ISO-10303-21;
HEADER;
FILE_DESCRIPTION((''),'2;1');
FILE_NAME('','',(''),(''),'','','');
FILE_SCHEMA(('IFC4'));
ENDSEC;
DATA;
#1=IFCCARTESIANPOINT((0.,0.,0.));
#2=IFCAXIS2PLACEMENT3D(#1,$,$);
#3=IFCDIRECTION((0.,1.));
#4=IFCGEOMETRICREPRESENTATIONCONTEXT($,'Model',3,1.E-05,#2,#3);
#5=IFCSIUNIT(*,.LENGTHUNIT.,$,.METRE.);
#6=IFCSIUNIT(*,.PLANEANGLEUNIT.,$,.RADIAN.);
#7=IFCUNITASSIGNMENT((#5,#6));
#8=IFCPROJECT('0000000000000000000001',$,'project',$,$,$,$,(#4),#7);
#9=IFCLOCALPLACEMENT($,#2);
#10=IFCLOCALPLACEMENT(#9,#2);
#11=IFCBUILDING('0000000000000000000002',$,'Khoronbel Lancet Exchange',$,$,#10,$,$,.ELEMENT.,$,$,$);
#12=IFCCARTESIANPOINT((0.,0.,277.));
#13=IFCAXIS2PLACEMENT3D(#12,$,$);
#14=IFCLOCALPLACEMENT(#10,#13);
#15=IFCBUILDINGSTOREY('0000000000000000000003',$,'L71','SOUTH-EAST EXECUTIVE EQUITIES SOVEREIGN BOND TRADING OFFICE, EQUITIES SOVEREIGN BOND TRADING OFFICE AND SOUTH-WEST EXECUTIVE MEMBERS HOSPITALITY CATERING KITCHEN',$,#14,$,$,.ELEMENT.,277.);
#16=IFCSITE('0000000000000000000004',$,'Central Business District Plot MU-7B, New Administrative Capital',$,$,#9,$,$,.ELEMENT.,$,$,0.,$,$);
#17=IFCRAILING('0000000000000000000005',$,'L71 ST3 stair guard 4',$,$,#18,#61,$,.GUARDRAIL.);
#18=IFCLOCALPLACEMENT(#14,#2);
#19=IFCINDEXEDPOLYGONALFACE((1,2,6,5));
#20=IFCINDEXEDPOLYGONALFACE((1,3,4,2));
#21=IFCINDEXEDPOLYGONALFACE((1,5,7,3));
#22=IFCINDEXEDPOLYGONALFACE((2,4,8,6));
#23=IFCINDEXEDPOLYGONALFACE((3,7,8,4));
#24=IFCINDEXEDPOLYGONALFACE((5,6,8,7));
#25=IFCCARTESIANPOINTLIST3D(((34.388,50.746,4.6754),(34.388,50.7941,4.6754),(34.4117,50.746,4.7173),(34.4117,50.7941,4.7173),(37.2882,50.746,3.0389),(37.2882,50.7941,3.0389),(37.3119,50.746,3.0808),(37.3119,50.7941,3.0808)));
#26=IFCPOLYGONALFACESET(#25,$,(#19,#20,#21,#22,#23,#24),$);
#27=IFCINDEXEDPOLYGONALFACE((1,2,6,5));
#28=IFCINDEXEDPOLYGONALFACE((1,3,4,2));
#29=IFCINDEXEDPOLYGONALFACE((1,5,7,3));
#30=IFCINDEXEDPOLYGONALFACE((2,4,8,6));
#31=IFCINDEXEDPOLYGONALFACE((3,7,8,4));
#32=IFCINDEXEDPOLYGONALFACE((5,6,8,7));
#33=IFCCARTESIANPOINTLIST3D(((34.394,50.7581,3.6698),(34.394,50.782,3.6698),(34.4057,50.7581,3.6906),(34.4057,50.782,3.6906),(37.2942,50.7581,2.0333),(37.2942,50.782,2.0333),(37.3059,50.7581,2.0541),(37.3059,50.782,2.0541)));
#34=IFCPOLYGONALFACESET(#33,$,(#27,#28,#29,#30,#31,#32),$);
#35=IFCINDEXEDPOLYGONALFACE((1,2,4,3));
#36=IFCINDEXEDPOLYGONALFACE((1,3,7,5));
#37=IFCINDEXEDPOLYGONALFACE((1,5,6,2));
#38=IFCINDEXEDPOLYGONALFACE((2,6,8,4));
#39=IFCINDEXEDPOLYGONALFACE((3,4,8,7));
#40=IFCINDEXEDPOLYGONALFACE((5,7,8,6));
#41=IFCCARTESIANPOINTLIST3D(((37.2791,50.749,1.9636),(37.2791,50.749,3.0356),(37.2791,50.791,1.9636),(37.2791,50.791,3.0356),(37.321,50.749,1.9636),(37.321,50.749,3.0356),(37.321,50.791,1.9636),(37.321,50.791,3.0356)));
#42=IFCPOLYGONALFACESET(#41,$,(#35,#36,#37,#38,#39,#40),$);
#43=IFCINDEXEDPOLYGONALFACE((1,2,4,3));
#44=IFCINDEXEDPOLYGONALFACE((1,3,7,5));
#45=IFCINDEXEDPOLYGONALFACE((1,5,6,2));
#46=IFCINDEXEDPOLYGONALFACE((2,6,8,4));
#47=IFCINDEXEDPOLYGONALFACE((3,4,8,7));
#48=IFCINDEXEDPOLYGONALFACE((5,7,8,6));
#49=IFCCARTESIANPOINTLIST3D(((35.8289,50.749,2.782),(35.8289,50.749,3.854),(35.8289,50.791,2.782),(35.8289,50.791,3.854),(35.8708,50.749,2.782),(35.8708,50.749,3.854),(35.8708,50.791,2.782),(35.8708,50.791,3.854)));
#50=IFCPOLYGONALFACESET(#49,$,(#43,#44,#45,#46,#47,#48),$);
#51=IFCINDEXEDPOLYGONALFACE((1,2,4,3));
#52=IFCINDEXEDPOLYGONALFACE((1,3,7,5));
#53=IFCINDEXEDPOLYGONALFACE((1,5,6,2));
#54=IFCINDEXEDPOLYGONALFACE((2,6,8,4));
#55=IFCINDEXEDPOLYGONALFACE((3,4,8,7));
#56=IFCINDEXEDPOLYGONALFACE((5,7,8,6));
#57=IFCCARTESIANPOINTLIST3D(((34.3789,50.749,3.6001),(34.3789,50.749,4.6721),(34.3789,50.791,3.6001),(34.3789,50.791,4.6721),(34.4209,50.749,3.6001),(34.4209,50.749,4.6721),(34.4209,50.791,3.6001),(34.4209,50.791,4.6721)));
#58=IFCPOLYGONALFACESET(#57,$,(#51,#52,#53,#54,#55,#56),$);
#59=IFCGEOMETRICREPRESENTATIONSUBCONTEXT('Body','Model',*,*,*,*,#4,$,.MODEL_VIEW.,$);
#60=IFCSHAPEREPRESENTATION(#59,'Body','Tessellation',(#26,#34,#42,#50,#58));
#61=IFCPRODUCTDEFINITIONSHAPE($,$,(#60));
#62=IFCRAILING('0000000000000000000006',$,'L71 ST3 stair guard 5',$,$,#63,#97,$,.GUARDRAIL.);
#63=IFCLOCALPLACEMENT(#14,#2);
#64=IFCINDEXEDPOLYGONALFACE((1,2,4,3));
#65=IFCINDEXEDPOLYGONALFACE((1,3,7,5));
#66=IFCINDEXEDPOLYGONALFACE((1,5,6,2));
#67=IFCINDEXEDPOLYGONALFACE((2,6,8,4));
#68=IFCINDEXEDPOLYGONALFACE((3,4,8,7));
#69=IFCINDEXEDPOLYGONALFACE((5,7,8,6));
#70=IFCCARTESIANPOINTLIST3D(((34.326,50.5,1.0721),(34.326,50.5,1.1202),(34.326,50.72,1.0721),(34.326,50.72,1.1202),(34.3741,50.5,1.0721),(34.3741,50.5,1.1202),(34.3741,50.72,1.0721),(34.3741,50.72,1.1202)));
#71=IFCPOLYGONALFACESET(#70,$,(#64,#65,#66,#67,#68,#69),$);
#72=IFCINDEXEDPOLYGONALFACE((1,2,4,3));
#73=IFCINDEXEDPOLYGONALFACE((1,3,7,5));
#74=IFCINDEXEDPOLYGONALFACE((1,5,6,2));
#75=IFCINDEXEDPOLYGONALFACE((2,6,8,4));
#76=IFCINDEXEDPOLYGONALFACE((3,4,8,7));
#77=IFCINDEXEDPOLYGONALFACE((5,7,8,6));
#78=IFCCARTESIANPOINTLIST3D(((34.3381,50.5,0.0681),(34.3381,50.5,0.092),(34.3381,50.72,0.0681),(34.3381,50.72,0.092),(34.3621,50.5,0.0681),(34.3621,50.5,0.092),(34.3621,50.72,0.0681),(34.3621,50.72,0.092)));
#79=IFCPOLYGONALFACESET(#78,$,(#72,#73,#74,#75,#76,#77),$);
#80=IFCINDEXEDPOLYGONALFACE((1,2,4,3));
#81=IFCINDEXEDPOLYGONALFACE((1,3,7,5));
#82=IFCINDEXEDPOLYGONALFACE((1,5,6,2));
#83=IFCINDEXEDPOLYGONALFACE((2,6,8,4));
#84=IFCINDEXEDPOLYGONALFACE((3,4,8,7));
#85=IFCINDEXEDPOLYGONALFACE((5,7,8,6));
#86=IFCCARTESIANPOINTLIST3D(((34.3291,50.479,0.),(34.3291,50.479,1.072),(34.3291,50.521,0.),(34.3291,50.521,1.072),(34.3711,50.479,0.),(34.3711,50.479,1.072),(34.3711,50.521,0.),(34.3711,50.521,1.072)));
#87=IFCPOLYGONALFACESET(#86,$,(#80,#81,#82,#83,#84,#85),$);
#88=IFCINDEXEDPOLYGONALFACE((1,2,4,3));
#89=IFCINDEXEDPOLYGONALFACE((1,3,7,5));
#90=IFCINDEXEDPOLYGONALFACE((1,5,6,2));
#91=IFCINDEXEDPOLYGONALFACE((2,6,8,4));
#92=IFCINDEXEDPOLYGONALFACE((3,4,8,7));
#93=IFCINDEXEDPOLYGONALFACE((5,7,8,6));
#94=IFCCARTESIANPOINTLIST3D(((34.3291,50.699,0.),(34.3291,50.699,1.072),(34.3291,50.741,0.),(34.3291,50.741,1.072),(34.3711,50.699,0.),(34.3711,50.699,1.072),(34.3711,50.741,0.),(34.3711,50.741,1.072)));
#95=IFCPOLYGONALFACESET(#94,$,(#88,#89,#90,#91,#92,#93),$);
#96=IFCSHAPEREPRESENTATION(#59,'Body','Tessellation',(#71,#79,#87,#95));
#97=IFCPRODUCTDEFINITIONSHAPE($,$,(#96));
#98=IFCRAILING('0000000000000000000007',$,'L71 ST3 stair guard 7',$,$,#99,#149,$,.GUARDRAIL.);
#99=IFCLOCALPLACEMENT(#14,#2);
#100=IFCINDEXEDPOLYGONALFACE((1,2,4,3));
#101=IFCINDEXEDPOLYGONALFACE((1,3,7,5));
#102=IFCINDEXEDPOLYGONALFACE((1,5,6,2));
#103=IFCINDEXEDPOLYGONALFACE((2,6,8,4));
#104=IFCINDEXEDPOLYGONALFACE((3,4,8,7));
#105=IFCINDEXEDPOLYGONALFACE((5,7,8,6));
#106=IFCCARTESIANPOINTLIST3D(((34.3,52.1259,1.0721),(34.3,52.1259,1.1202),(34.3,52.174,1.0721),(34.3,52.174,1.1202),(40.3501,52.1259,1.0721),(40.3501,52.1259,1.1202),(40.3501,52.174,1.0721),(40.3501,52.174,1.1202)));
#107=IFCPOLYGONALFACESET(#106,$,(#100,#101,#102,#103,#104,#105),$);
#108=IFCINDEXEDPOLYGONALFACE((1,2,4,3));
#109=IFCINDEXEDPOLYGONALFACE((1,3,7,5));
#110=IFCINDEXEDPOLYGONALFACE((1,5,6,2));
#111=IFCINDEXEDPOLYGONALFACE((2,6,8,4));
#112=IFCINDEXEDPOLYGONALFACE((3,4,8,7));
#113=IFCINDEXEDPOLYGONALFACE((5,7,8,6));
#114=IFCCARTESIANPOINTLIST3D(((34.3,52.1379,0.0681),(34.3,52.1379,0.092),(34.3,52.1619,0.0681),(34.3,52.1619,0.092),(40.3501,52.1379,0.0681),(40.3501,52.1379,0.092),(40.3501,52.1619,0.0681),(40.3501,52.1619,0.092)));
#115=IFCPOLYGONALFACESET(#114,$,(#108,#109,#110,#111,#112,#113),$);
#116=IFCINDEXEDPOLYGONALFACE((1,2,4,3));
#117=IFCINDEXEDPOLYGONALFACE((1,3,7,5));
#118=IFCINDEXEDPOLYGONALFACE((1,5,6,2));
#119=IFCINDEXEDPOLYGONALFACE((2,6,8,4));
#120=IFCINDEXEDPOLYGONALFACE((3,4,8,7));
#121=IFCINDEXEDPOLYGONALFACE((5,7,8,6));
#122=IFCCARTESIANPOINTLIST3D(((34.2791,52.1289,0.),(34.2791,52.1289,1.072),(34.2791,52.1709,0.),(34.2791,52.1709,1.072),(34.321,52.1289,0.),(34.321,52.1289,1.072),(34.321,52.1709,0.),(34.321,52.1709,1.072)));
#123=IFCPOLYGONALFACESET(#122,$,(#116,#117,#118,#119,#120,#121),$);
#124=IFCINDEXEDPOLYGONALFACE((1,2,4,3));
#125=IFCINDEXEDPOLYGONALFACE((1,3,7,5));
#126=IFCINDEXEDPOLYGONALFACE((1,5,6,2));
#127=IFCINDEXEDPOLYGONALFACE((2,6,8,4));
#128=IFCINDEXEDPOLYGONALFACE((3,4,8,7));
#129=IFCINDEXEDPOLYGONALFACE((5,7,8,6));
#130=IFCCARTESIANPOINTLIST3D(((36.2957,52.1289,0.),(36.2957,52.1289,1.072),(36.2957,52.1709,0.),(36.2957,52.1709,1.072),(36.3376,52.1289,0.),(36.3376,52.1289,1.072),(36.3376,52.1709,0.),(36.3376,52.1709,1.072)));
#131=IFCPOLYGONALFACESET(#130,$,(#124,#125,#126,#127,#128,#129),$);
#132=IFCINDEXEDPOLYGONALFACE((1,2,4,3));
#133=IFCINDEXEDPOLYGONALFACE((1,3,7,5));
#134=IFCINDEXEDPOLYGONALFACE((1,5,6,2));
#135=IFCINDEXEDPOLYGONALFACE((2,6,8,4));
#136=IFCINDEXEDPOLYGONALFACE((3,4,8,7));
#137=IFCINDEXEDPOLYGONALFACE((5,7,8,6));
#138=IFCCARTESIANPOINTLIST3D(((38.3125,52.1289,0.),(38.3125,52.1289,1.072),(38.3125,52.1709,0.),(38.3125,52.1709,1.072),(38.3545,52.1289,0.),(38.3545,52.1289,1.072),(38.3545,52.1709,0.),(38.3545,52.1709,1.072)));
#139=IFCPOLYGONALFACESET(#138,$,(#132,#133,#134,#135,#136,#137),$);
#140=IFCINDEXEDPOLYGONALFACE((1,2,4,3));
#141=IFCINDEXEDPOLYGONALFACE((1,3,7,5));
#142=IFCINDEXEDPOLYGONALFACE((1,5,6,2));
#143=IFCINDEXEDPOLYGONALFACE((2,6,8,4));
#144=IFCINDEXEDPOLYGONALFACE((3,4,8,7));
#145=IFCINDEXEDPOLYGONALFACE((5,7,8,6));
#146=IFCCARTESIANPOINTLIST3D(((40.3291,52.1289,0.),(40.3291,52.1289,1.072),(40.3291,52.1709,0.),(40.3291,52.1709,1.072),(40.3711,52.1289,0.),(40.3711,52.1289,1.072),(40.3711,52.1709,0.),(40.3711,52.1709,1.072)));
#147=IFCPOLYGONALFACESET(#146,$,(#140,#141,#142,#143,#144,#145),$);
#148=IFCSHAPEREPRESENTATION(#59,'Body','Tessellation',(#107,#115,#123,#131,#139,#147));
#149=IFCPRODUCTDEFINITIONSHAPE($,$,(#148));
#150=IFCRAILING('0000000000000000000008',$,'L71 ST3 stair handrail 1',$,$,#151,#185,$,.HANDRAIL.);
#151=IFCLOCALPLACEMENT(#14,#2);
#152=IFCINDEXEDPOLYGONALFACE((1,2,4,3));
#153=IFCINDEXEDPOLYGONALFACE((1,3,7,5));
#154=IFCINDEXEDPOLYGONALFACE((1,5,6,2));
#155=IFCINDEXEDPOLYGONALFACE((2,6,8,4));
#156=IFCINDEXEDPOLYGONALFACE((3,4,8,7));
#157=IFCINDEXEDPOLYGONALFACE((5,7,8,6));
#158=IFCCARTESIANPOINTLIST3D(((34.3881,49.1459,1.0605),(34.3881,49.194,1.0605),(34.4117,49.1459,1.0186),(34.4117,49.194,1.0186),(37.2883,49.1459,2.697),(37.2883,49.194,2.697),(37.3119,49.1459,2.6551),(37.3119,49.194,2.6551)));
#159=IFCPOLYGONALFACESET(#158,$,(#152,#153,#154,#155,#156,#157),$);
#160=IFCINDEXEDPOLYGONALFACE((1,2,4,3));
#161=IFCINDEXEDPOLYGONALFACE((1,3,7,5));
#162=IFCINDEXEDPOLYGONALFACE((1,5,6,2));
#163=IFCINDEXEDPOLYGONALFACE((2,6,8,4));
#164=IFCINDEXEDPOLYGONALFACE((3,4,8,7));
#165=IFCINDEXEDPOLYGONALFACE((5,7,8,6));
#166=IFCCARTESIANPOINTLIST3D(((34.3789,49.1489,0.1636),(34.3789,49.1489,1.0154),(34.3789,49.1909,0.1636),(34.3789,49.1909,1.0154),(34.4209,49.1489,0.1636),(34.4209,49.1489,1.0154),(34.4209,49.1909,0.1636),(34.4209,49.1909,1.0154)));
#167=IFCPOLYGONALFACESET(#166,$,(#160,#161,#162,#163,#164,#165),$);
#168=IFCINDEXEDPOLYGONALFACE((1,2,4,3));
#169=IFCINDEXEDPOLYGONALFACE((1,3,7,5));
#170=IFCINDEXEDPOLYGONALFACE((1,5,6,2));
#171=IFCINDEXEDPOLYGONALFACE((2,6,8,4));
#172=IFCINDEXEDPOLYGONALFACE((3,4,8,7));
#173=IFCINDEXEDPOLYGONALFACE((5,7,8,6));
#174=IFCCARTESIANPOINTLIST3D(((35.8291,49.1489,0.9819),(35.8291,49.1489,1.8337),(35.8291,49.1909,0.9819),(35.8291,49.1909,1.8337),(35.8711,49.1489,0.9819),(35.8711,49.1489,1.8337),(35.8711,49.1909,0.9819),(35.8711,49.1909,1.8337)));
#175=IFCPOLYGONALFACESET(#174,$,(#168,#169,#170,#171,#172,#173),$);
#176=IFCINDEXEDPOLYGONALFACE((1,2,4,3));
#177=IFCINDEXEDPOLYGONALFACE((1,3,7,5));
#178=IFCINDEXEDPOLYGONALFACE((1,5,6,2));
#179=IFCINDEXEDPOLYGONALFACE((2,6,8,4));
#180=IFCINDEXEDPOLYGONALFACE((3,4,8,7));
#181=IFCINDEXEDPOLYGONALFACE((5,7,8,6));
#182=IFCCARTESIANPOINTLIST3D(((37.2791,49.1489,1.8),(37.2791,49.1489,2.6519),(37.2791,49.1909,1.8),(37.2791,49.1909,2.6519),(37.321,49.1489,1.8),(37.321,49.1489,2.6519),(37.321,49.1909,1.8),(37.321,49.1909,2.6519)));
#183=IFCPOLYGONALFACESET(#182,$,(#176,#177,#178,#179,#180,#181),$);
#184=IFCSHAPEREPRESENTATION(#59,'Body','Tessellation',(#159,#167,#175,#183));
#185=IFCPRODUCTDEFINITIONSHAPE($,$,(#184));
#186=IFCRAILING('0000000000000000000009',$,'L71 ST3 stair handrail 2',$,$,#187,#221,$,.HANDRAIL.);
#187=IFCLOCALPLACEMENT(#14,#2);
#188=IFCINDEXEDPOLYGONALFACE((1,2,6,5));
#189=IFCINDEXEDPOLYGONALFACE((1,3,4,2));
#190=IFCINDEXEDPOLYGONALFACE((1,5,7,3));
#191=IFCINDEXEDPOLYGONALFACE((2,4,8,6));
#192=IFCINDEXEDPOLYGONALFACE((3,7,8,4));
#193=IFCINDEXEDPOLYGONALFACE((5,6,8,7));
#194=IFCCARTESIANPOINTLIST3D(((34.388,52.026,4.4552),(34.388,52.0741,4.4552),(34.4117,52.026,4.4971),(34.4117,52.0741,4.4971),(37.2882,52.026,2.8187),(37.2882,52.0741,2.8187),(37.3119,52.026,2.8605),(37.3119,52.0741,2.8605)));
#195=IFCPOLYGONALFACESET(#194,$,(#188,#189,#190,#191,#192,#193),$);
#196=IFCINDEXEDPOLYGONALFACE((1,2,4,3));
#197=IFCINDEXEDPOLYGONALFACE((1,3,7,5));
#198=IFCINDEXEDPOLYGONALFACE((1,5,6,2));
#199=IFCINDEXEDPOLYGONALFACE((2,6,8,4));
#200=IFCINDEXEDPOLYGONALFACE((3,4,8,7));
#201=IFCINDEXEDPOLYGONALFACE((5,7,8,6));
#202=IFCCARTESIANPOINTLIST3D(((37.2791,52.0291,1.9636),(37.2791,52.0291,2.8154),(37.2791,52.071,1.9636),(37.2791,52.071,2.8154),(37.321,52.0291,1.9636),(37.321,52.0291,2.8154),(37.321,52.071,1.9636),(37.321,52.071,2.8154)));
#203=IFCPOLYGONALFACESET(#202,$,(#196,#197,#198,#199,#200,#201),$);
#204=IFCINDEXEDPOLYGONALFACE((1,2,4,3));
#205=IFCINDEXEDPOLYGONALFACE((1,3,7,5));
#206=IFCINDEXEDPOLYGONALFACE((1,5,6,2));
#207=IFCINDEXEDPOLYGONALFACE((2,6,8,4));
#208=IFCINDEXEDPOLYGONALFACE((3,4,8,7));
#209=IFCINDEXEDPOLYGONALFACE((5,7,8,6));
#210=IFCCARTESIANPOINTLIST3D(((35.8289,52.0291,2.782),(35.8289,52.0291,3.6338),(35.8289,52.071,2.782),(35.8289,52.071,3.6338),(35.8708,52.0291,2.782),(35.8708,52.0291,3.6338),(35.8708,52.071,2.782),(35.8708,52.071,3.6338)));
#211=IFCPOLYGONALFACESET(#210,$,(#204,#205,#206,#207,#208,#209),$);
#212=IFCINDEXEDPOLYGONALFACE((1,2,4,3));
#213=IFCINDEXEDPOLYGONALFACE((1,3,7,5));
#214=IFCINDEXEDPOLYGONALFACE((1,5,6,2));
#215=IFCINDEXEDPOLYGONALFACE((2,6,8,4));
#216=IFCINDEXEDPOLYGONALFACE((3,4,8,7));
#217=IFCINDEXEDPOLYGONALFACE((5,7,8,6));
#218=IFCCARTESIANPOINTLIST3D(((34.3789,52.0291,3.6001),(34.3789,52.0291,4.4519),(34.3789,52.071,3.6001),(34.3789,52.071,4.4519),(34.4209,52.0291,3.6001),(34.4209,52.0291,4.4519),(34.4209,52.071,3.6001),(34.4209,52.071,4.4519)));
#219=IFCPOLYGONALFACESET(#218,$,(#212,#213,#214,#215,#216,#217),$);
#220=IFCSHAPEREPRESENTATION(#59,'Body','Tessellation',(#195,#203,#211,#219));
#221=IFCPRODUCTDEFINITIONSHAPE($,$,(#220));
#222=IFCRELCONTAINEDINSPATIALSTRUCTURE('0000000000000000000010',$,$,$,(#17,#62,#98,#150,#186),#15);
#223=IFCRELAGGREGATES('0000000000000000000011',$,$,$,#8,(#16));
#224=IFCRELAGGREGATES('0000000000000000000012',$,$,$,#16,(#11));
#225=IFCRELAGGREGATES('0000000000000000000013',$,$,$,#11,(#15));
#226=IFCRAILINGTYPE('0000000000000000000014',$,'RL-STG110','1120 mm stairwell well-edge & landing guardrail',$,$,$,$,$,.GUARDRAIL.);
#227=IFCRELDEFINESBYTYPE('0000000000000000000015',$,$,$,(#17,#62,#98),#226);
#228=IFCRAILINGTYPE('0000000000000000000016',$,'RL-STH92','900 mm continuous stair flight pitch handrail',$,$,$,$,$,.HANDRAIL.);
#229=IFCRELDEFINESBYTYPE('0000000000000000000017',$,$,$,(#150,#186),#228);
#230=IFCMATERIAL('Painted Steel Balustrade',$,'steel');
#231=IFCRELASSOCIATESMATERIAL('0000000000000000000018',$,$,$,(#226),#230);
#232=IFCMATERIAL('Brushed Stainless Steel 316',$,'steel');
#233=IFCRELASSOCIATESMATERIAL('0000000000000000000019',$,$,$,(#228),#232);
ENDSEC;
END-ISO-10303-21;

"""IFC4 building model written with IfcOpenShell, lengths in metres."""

from ifc_helpers import new_model, si_unit, direction, frame, origin, origin_2d, place, context, subcontext, project, spatial, rectangle, extrude, material, type_object, element, save


model = new_model("IFC4")

# Units and contexts
model_context = context("Model", 3, precision=1e-05, world=origin(), true_north=direction((0.0, 1.0)))
body_context = subcontext(model_context, "Body", "Model", "MODEL_VIEW")
ifc_project = project(units=[si_unit("LENGTHUNIT", "METRE"), si_unit("PLANEANGLEUNIT", "RADIAN")], contexts=[model_context])

# Site, building, storey
site_placement = place(None, origin())
site = spatial("IfcSite", under=ifc_project, at=site_placement, Name="Central Business District Plot MU-7B, New Administrative Capital", CompositionType="ELEMENT", RefElevation=0.0)
building_placement = place(site_placement, origin())
building = spatial("IfcBuilding", under=site, at=building_placement, Name="Khoronbel Lancet Exchange", CompositionType="ELEMENT")
storey_placement = place(building_placement, frame((0.0, 0.0, 277.0)))
storey = spatial("IfcBuildingStorey", under=building, at=storey_placement, Name="L71", Description="SOUTH-EAST EXECUTIVE EQUITIES SOVEREIGN BOND TRADING OFFICE, EQUITIES SOVEREIGN BOND TRADING OFFICE AND SOUTH-WEST EXECUTIVE MEMBERS HOSPITALITY CATERING KITCHEN", CompositionType="ELEMENT", Elevation=277.0)

# Railings
ifc_material_1 = material(Name="Painted Steel Balustrade", Category="steel")
railing_type_1 = type_object("IfcRailingType", Name="RL-STG110", Description="1120 mm stairwell well-edge & landing guardrail", PredefinedType="GUARDRAIL", material=ifc_material_1)
railing_1_placement = place(storey_placement, frame((37.3, 50.77, 1.9636)))
element("IfcRailing", 1, at=railing_1_placement, inside=storey, type_object=railing_type_1, Name="L71 ST3 stair guard 4", PredefinedType="GUARDRAIL", context=body_context, shape_type="SweptSolid", body=[
    extrude(rectangle(XDim=0.0481, YDim=0.0481, at=origin_2d()), frame((0.0, 0.0, 1.0962), z_axis=(-0.870915, 0.0, 0.491434), x_axis=(0.0, -1.0, 0.0)), (0.0, 0.0, 1.0), 3.3301),
    extrude(rectangle(XDim=0.0239, YDim=0.0239, at=origin_2d()), frame((0.0, 0.0, 0.0801), z_axis=(-0.870915, 0.0, 0.491434), x_axis=(0.0, -1.0, 0.0)), (0.0, 0.0, 1.0), 3.3301),
    extrude(rectangle(XDim=0.042, YDim=0.042, at=origin_2d()), origin(), (0.0, 0.0, 1.0), 1.072),
    extrude(rectangle(XDim=0.042, YDim=0.042, at=origin_2d()), frame((-1.4502, 0.0, 0.8184)), (0.0, 0.0, 1.0), 1.072),
    extrude(rectangle(XDim=0.042, YDim=0.042, at=origin_2d()), frame((-2.9001, 0.0, 1.6365)), (0.0, 0.0, 1.0), 1.072),
])
railing_2_placement = place(storey_placement, frame((34.3501, 50.5, 0.0)))
element("IfcRailing", 2, at=railing_2_placement, inside=storey, type_object=railing_type_1, Name="L71 ST3 stair guard 5", PredefinedType="GUARDRAIL", context=body_context, shape_type="SweptSolid", body=[
    extrude(rectangle(XDim=0.0481, YDim=0.0481, at=origin_2d()), frame((0.0, 0.0, 1.0962), z_axis=(0.0, 1.0, 0.0), x_axis=(-1.0, 0.0, 0.0)), (0.0, 0.0, 1.0), 0.22),
    extrude(rectangle(XDim=0.0239, YDim=0.0239, at=origin_2d()), frame((0.0, 0.0, 0.0801), z_axis=(0.0, 1.0, 0.0), x_axis=(-1.0, 0.0, 0.0)), (0.0, 0.0, 1.0), 0.22),
    extrude(rectangle(XDim=0.042, YDim=0.042, at=origin_2d()), origin(), (0.0, 0.0, 1.0), 1.072),
    extrude(rectangle(XDim=0.042, YDim=0.042, at=origin_2d()), frame((0.0, 0.22, 0.0)), (0.0, 0.0, 1.0), 1.072),
])
railing_3_placement = place(storey_placement, frame((34.3, 52.1499, 0.0)))
element("IfcRailing", 3, at=railing_3_placement, inside=storey, type_object=railing_type_1, Name="L71 ST3 stair guard 7", PredefinedType="GUARDRAIL", context=body_context, shape_type="SweptSolid", body=[
    extrude(rectangle(XDim=0.0481, YDim=0.0481, at=origin_2d()), frame((0.0, 0.0, 1.0962), z_axis=(1.0, 0.0, 0.0), x_axis=(0.0, 1.0, 0.0)), (0.0, 0.0, 1.0), 6.05),
    extrude(rectangle(XDim=0.0239, YDim=0.0239, at=origin_2d()), frame((0.0, 0.0, 0.0801), z_axis=(1.0, 0.0, 0.0), x_axis=(0.0, 1.0, 0.0)), (0.0, 0.0, 1.0), 6.05),
    extrude(rectangle(XDim=0.042, YDim=0.042, at=origin_2d()), origin(), (0.0, 0.0, 1.0), 1.072),
    extrude(rectangle(XDim=0.042, YDim=0.042, at=origin_2d()), frame((2.0166, 0.0, 0.0)), (0.0, 0.0, 1.0), 1.072),
    extrude(rectangle(XDim=0.042, YDim=0.042, at=origin_2d()), frame((4.0334, 0.0, 0.0)), (0.0, 0.0, 1.0), 1.072),
    extrude(rectangle(XDim=0.042, YDim=0.042, at=origin_2d()), frame((6.05, 0.0, 0.0)), (0.0, 0.0, 1.0), 1.072),
])
ifc_material_2 = material(Name="Brushed Stainless Steel 316", Category="steel")
railing_type_2 = type_object("IfcRailingType", Name="RL-STH92", Description="900 mm continuous stair flight pitch handrail", PredefinedType="HANDRAIL", material=ifc_material_2)
railing_4_placement = place(storey_placement, frame((34.3999, 49.1699, 0.1636)))
element("IfcRailing", 4, at=railing_4_placement, inside=storey, type_object=railing_type_2, Name="L71 ST3 stair handrail 1", PredefinedType="HANDRAIL", context=body_context, shape_type="SweptSolid", body=[
    extrude(rectangle(XDim=0.0481, YDim=0.0481, at=origin_2d()), frame((0.0, 0.0, 0.876), z_axis=(0.870915, 0.0, 0.491434), x_axis=(0.0, 1.0, 0.0)), (0.0, 0.0, 1.0), 3.3301),
    extrude(rectangle(XDim=0.042, YDim=0.042, at=origin_2d()), origin(), (0.0, 0.0, 1.0), 0.8518),
    extrude(rectangle(XDim=0.042, YDim=0.042, at=origin_2d()), frame((1.4502, 0.0, 0.8184)), (0.0, 0.0, 1.0), 0.8518),
    extrude(rectangle(XDim=0.042, YDim=0.042, at=origin_2d()), frame((2.9001, 0.0, 1.6365)), (0.0, 0.0, 1.0), 0.8518),
])
railing_5_placement = place(storey_placement, frame((37.3, 52.05, 1.9636)))
element("IfcRailing", 5, at=railing_5_placement, inside=storey, type_object=railing_type_2, Name="L71 ST3 stair handrail 2", PredefinedType="HANDRAIL", context=body_context, shape_type="SweptSolid", body=[
    extrude(rectangle(XDim=0.0481, YDim=0.0481, at=origin_2d()), frame((0.0, 0.0, 0.876), z_axis=(-0.870915, 0.0, 0.491434), x_axis=(0.0, -1.0, 0.0)), (0.0, 0.0, 1.0), 3.3301),
    extrude(rectangle(XDim=0.042, YDim=0.042, at=origin_2d()), origin(), (0.0, 0.0, 1.0), 0.8518),
    extrude(rectangle(XDim=0.042, YDim=0.042, at=origin_2d()), frame((-1.4502, 0.0, 0.8184)), (0.0, 0.0, 1.0), 0.8518),
    extrude(rectangle(XDim=0.042, YDim=0.042, at=origin_2d()), frame((-2.9001, 0.0, 1.6365)), (0.0, 0.0, 1.0), 0.8518),
])

save(model, "model.ifc")
